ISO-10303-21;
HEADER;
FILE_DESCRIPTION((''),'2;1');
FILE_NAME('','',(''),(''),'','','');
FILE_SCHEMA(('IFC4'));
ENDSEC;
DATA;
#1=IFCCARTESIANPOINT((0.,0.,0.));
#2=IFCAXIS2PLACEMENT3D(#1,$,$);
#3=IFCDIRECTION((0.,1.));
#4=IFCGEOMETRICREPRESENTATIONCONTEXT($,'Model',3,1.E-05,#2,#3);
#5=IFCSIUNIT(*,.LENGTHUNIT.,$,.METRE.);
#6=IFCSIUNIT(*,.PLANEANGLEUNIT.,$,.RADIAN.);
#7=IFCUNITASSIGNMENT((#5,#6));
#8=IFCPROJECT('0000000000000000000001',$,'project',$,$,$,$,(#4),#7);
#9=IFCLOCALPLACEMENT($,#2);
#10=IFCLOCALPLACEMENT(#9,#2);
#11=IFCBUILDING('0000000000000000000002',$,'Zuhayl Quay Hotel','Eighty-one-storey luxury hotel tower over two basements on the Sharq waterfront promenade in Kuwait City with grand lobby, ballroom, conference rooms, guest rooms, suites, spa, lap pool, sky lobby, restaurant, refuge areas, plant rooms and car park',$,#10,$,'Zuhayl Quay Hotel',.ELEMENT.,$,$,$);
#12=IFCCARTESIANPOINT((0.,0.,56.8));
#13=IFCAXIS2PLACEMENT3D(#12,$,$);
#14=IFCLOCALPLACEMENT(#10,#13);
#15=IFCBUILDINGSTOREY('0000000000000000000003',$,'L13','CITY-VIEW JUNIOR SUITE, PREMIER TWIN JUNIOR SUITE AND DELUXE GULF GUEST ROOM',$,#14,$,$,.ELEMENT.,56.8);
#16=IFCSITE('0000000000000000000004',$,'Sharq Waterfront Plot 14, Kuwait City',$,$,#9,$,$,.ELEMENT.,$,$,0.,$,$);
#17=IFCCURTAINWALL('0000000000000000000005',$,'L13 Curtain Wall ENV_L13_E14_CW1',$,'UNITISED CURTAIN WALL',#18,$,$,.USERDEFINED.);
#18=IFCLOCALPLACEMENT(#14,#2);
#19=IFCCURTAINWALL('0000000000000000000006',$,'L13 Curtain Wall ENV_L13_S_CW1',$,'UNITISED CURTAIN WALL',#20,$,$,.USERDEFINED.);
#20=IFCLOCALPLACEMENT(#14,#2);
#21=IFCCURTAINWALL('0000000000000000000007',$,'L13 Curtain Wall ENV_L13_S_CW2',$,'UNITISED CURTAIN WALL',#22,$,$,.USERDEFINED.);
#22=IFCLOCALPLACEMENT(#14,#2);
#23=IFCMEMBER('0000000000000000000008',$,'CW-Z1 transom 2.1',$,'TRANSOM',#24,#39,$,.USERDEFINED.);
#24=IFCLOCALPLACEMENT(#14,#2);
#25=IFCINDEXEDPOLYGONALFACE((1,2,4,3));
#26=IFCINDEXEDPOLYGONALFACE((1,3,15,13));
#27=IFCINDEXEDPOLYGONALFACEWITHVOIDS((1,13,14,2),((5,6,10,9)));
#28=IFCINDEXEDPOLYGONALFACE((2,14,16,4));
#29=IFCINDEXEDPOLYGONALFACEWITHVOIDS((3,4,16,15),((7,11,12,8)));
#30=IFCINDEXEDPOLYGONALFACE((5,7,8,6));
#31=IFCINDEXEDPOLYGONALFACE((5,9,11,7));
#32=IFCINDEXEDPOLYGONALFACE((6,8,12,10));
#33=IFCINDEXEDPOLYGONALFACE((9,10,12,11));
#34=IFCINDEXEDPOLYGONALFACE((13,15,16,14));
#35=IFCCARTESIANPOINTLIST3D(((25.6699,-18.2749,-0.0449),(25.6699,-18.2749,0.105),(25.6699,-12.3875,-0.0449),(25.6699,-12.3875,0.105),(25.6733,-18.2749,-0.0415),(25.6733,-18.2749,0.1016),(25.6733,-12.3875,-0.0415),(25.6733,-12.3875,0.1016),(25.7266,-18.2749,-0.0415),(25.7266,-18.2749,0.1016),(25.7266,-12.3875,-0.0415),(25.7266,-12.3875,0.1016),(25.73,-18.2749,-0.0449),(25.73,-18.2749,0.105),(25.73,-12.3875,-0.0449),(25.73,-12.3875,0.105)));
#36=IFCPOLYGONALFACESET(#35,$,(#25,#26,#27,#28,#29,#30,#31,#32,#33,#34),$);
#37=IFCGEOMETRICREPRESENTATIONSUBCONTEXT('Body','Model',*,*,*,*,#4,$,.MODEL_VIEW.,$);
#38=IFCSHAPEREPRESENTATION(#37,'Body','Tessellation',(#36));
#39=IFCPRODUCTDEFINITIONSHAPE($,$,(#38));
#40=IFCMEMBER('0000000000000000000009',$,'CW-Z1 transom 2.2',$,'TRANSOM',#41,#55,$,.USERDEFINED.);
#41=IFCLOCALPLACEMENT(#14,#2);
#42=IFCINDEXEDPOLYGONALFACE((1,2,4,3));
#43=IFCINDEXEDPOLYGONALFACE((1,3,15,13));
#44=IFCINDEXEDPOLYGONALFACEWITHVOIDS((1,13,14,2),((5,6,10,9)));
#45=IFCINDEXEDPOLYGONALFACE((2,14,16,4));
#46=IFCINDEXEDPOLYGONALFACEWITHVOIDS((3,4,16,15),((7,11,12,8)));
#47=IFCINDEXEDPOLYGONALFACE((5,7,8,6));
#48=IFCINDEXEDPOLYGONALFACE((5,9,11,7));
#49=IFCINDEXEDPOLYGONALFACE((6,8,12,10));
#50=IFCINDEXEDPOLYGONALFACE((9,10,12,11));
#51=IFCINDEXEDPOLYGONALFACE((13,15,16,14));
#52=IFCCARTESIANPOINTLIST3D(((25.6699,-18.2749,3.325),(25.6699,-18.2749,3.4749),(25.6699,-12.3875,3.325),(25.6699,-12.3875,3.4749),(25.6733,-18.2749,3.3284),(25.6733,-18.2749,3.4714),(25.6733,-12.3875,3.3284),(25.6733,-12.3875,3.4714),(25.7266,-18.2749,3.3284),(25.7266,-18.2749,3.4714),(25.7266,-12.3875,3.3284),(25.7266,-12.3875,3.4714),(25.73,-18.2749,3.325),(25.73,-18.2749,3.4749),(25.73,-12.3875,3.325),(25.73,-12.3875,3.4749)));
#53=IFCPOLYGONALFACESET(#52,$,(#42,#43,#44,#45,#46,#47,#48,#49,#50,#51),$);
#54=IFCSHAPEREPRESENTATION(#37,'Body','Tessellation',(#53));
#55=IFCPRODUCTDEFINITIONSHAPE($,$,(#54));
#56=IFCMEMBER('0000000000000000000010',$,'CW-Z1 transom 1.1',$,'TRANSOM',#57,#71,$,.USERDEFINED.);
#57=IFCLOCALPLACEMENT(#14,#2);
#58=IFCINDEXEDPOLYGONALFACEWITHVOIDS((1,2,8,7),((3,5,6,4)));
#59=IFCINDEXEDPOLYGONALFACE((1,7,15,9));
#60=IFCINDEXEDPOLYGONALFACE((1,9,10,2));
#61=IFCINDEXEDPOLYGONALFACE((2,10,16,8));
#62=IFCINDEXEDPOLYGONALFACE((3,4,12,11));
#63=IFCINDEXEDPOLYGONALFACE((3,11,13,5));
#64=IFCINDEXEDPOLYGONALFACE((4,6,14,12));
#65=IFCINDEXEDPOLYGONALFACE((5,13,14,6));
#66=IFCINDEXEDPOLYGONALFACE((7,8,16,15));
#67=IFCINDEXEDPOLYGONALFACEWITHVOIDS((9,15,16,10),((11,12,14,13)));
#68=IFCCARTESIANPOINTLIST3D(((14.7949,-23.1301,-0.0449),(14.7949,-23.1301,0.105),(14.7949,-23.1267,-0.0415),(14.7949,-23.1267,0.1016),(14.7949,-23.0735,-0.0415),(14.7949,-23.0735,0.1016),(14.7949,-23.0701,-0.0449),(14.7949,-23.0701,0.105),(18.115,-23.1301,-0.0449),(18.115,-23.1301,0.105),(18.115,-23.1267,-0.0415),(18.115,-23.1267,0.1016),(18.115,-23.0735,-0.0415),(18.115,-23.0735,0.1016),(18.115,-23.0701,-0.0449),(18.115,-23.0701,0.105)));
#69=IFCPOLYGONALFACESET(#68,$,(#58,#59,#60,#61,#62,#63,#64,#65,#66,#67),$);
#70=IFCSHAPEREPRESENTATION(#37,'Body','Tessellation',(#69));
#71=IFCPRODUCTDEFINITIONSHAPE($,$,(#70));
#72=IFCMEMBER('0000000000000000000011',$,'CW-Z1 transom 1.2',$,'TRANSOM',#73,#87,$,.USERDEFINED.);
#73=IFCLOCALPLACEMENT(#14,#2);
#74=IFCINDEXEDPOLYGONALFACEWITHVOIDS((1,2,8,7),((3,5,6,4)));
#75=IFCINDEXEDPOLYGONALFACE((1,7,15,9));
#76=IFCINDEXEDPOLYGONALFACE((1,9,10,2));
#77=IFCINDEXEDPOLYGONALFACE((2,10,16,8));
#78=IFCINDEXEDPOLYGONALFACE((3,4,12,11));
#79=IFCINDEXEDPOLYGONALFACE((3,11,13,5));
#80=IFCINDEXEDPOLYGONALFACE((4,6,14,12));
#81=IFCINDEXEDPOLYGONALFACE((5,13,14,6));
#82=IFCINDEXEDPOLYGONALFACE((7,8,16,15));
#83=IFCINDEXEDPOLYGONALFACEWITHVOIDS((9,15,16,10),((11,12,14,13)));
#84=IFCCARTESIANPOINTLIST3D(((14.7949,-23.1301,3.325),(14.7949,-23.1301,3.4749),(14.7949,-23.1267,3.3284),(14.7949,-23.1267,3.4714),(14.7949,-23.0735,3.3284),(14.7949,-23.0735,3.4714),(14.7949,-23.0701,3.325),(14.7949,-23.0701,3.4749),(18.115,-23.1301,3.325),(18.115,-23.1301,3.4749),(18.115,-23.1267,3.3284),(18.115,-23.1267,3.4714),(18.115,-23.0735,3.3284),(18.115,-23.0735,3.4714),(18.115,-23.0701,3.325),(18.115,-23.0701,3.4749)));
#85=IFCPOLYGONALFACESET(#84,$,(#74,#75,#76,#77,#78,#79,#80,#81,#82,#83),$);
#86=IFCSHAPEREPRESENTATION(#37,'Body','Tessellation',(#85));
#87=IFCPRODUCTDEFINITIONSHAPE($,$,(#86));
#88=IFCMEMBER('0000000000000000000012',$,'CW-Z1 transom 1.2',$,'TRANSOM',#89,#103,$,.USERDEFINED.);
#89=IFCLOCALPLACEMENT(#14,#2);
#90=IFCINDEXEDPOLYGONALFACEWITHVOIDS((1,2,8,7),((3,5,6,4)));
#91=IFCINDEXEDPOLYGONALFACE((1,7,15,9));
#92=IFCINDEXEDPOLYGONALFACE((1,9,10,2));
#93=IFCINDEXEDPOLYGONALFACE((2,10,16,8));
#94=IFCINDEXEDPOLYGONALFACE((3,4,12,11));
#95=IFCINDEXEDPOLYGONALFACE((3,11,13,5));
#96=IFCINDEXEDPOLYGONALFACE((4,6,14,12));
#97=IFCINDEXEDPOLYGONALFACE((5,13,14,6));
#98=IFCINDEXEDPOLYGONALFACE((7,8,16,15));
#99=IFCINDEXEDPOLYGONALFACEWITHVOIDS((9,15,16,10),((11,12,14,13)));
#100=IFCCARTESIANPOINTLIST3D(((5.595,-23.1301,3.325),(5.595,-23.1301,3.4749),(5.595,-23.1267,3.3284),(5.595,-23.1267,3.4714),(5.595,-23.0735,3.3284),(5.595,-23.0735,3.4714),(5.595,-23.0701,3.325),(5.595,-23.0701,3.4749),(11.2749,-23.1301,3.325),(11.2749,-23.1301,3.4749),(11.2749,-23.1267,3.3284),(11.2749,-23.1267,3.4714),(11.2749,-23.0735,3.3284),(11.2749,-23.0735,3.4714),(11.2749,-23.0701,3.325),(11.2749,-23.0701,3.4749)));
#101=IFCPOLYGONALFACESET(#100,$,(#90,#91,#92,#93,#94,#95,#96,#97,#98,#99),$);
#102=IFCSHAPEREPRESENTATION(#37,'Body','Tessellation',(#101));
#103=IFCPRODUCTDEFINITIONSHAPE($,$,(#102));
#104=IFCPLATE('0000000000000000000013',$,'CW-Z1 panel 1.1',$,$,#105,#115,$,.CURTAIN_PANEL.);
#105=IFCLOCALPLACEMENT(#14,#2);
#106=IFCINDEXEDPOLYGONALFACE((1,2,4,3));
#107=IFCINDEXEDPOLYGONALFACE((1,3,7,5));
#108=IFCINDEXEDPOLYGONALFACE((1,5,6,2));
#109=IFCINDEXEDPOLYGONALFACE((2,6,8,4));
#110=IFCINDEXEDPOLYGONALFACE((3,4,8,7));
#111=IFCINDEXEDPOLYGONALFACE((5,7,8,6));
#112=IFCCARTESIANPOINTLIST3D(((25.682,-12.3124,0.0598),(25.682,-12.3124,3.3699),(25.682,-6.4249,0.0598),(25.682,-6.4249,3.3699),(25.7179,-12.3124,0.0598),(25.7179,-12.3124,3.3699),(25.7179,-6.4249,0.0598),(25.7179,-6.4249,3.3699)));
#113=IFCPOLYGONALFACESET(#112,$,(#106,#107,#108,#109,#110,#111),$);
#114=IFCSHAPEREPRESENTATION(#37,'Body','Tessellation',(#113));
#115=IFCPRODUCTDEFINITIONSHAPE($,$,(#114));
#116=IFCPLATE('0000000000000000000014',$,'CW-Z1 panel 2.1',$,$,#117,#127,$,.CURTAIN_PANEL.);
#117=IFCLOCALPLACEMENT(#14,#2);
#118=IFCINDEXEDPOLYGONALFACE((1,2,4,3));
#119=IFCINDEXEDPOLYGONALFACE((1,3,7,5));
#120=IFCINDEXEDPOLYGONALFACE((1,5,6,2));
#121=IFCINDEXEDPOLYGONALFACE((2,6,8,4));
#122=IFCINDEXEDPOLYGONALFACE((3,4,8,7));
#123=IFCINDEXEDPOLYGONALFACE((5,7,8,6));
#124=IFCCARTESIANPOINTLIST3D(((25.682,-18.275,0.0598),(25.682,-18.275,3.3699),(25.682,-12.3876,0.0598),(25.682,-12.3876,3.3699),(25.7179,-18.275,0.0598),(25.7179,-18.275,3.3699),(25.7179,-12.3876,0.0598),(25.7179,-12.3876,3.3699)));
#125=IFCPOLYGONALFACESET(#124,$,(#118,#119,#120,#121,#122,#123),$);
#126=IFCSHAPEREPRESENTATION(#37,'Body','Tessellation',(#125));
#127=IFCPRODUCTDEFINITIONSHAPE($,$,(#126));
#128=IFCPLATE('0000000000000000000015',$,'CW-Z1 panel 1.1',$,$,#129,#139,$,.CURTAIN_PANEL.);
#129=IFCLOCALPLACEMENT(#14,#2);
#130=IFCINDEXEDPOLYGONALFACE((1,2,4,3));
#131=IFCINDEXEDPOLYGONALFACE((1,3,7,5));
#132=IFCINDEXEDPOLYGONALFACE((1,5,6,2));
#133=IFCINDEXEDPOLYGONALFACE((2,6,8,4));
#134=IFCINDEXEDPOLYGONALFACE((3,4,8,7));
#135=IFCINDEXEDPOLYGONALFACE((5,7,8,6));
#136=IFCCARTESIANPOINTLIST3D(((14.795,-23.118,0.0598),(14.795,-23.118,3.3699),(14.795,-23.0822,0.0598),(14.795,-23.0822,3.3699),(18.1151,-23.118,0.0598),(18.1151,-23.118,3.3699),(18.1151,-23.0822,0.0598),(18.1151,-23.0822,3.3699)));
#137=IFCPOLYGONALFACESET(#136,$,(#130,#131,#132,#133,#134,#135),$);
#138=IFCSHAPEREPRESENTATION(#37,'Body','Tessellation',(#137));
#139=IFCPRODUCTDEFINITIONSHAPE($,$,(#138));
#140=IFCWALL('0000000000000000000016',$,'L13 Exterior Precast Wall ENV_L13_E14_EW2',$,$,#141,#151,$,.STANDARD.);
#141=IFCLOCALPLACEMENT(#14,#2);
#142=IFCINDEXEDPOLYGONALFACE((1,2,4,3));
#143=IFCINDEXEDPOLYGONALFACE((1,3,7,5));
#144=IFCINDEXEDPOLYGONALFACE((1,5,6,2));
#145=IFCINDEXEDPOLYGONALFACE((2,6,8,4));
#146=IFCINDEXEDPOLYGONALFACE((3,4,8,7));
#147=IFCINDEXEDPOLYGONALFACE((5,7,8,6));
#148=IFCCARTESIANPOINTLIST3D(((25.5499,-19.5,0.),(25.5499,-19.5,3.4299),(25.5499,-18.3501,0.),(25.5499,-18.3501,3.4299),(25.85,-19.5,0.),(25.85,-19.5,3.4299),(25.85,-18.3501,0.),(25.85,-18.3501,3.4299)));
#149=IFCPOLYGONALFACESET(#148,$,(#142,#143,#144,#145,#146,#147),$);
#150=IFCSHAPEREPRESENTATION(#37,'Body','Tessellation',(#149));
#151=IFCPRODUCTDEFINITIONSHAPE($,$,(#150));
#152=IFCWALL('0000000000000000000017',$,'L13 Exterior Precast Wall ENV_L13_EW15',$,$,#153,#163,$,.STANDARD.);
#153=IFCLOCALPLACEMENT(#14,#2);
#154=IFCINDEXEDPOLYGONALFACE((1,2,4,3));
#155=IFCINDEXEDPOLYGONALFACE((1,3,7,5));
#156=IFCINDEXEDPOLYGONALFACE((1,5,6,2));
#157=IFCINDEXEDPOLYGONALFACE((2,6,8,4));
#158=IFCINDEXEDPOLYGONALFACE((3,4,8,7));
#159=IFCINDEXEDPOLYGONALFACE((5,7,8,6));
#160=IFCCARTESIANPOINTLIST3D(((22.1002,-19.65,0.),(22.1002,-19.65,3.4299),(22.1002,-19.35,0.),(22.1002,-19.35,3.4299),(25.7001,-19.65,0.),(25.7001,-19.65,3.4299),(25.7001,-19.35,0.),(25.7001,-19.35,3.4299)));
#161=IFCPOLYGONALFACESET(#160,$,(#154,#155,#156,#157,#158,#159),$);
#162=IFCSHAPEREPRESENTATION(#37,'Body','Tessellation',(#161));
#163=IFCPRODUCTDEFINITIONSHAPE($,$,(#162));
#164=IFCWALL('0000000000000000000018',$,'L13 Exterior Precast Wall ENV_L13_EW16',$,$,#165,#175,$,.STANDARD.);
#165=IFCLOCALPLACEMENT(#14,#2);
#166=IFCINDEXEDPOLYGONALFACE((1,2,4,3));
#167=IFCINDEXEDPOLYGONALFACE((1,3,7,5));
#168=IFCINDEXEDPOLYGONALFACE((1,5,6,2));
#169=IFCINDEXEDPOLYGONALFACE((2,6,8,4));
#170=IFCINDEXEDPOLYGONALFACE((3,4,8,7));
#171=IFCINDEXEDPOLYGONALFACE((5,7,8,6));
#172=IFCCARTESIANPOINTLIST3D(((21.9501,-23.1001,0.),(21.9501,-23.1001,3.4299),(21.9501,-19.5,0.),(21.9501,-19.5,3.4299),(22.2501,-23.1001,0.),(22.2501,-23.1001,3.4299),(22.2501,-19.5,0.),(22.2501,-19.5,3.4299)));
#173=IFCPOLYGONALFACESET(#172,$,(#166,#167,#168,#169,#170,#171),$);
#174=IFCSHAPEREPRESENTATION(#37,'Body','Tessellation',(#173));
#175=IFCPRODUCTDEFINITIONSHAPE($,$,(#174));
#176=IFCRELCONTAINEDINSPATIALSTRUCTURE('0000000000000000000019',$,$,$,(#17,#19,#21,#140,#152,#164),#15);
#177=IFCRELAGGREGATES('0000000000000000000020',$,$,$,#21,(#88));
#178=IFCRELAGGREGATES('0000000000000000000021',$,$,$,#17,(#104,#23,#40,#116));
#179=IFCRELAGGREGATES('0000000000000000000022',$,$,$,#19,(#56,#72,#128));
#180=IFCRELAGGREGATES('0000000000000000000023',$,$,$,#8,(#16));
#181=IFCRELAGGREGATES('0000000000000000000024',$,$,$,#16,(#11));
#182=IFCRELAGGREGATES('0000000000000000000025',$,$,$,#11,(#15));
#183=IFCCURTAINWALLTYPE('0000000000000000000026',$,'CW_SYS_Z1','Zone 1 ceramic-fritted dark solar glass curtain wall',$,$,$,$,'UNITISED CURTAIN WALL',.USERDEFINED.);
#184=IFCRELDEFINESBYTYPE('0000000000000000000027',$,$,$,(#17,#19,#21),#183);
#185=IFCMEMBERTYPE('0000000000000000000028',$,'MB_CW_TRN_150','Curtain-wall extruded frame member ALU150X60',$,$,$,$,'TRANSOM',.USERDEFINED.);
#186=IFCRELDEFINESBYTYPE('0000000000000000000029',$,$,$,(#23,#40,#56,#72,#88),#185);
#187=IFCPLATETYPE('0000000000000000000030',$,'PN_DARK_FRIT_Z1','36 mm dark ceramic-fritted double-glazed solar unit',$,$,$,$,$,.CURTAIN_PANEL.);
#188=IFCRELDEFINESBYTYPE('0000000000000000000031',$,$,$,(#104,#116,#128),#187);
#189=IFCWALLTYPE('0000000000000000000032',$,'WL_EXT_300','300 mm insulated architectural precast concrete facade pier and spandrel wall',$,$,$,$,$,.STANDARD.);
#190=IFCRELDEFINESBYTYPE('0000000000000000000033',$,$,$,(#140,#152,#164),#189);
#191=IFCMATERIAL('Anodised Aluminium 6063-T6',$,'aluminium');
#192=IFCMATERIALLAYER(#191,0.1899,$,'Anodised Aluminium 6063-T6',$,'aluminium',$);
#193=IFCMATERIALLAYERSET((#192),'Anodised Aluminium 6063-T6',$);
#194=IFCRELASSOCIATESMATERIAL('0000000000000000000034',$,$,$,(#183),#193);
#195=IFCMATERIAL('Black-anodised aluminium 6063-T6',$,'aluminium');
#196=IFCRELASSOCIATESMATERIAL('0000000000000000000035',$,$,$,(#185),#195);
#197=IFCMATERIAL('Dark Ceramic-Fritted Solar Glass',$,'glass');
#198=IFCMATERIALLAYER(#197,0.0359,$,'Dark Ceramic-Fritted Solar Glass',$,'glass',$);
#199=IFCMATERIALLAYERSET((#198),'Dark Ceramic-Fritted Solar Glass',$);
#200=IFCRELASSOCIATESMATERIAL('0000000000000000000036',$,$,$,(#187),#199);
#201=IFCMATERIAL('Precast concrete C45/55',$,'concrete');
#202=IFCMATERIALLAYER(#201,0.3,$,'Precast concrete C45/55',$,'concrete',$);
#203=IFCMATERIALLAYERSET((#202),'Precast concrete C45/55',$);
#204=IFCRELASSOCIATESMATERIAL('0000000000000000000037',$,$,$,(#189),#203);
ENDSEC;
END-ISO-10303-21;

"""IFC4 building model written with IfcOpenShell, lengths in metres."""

from ifc_helpers import new_model, si_unit, direction, frame, frame_2d, origin, origin_2d, place, context, subcontext, project, spatial, rectangle, hollow_rectangle, extrude, material, layer, layer_set, material_profile, profile_set, type_object, element, aggregate, save


model = new_model("IFC4")

# Units and contexts
model_context = context("Model", 3, precision=1e-05, world=origin(), true_north=direction((0.0, 1.0)))
body_context = subcontext(model_context, "Body", "Model", "MODEL_VIEW")
ifc_project = project(units=[si_unit("LENGTHUNIT", "METRE"), si_unit("PLANEANGLEUNIT", "RADIAN")], contexts=[model_context])

# Site, building, storey
site_placement = place(None, origin())
site = spatial("IfcSite", under=ifc_project, at=site_placement, Name="Sharq Waterfront Plot 14, Kuwait City", CompositionType="ELEMENT", RefElevation=0.0)
building_placement = place(site_placement, origin())
building = spatial("IfcBuilding", under=site, at=building_placement, Name="Zuhayl Quay Hotel", Description="Eighty-one-storey luxury hotel tower over two basements on the Sharq waterfront promenade in Kuwait City with grand lobby, ballroom, conference rooms, guest rooms, suites, spa, lap pool, sky lobby, restaurant, refuge areas, plant rooms and car park", LongName="Zuhayl Quay Hotel", CompositionType="ELEMENT")
storey_placement = place(building_placement, frame((0.0, 0.0, 56.8)))
storey = spatial("IfcBuildingStorey", under=building, at=storey_placement, Name="L13", Description="CITY-VIEW JUNIOR SUITE, PREMIER TWIN JUNIOR SUITE AND DELUXE GULF GUEST ROOM", CompositionType="ELEMENT", Elevation=56.8)

# Curtain walls
ifc_material_1 = material(Name="Anodised Aluminium 6063-T6", Category="aluminium")
ifc_layer_1 = layer(ifc_material_1, 0.1899, Name="Anodised Aluminium 6063-T6", Category="aluminium")
ifc_layer_set_1 = layer_set([ifc_layer_1], Name="Anodised Aluminium 6063-T6")
curtain_wall_type = type_object("IfcCurtainWallType", Name="CW_SYS_Z1", Description="Zone 1 ceramic-fritted dark solar glass curtain wall", ElementType="UNITISED CURTAIN WALL", PredefinedType="USERDEFINED", material=ifc_layer_set_1)
curtain_wall_1_placement = place(storey_placement, origin())
curtain_wall_1 = element("IfcCurtainWall", 1, at=curtain_wall_1_placement, inside=storey, type_object=curtain_wall_type, Name="L13 Curtain Wall ENV_L13_E14_CW1", ObjectType="UNITISED CURTAIN WALL", PredefinedType="USERDEFINED")
ifc_material_2 = material(Name="Black-anodised aluminium 6063-T6", Category="aluminium")
curtain_wall_2_placement = place(storey_placement, origin())
curtain_wall_2 = element("IfcCurtainWall", 2, at=curtain_wall_2_placement, inside=storey, type_object=curtain_wall_type, Name="L13 Curtain Wall ENV_L13_S_CW1", ObjectType="UNITISED CURTAIN WALL", PredefinedType="USERDEFINED")

# Curtain wall
curtain_wall_3_placement = place(storey_placement, origin())
curtain_wall_3 = element("IfcCurtainWall", 3, at=curtain_wall_3_placement, inside=storey, type_object=curtain_wall_type, Name="L13 Curtain Wall ENV_L13_S_CW2", ObjectType="UNITISED CURTAIN WALL", PredefinedType="USERDEFINED")

# Members
ifc_material_profile_1 = material_profile(ifc_material_2, hollow_rectangle(XDim=0.0601, YDim=0.1499, WallThickness=0.0034, at=origin_2d()), Name="ALU150X60")
ifc_profile_set_1 = profile_set([ifc_material_profile_1], Name="Black-anodised aluminium 6063-T6")
member_type_1 = type_object("IfcMemberType", Name="MB_CW_TRN_150", Description="Curtain-wall extruded frame member ALU150X60", ElementType="TRANSOM", PredefinedType="USERDEFINED", material=ifc_profile_set_1)
member_1_placement = place(storey_placement, frame((25.7, -12.3875, 0.03), z_axis=(0.0, -1.0, 0.0), x_axis=(1.0, 0.0, 0.0)))
member_1 = element("IfcMember", 4, at=member_1_placement, type_object=member_type_1, Name="CW-Z1 transom 2.1", ObjectType="TRANSOM", PredefinedType="USERDEFINED", context=body_context, shape_type="SweptSolid", body=[
    extrude(hollow_rectangle(XDim=0.0601, YDim=0.1499, WallThickness=0.0034, at=origin_2d()), origin(), (0.0, 0.0, 1.0), 5.8875),
])
member_2_placement = place(storey_placement, frame((25.7, -12.3875, 3.3999), z_axis=(0.0, -1.0, 0.0), x_axis=(1.0, 0.0, 0.0)))
member_2 = element("IfcMember", 5, at=member_2_placement, type_object=member_type_1, Name="CW-Z1 transom 2.2", ObjectType="TRANSOM", PredefinedType="USERDEFINED", context=body_context, shape_type="SweptSolid", body=[
    extrude(hollow_rectangle(XDim=0.0601, YDim=0.1499, WallThickness=0.0034, at=origin_2d()), origin(), (0.0, 0.0, 1.0), 5.8875),
])
member_3_placement = place(storey_placement, frame((18.115, -23.1001, 0.03), z_axis=(-1.0, 0.0, 0.0), x_axis=(0.0, -1.0, 0.0)))
member_3 = element("IfcMember", 6, at=member_3_placement, type_object=member_type_1, Name="CW-Z1 transom 1.1", ObjectType="TRANSOM", PredefinedType="USERDEFINED", context=body_context, shape_type="SweptSolid", body=[
    extrude(hollow_rectangle(XDim=0.0601, YDim=0.1499, WallThickness=0.0034, at=origin_2d()), origin(), (0.0, 0.0, 1.0), 3.3201),
])
member_4_placement = place(storey_placement, frame((18.115, -23.1001, 3.3999), z_axis=(-1.0, 0.0, 0.0), x_axis=(0.0, -1.0, 0.0)))
member_4 = element("IfcMember", 7, at=member_4_placement, type_object=member_type_1, Name="CW-Z1 transom 1.2", ObjectType="TRANSOM", PredefinedType="USERDEFINED", context=body_context, shape_type="SweptSolid", body=[
    extrude(hollow_rectangle(XDim=0.0601, YDim=0.1499, WallThickness=0.0034, at=origin_2d()), origin(), (0.0, 0.0, 1.0), 3.3201),
])
member_5_placement = place(storey_placement, frame((11.2749, -23.1001, 3.3999), z_axis=(-1.0, 0.0, 0.0), x_axis=(0.0, -1.0, 0.0)))
member_5 = element("IfcMember", 8, at=member_5_placement, type_object=member_type_1, Name="CW-Z1 transom 1.2", ObjectType="TRANSOM", PredefinedType="USERDEFINED", context=body_context, shape_type="SweptSolid", body=[
    extrude(hollow_rectangle(XDim=0.0601, YDim=0.1499, WallThickness=0.0034, at=origin_2d()), origin(), (0.0, 0.0, 1.0), 5.6799),
])
aggregate(curtain_wall_3, [member_5])

# Plates
ifc_material_3 = material(Name="Dark Ceramic-Fritted Solar Glass", Category="glass")
ifc_layer_2 = layer(ifc_material_3, 0.0359, Name="Dark Ceramic-Fritted Solar Glass", Category="glass")
ifc_layer_set_2 = layer_set([ifc_layer_2], Name="Dark Ceramic-Fritted Solar Glass")
plate_type = type_object("IfcPlateType", Name="PN_DARK_FRIT_Z1", Description="36 mm dark ceramic-fritted double-glazed solar unit", PredefinedType="CURTAIN_PANEL", material=ifc_layer_set_2)
plate_1_placement = place(storey_placement, frame((25.7, -9.3687, 0.0598), z_axis=(0.0, 0.0, 1.0), x_axis=(0.0, -1.0, 0.0)))
plate_1 = element("IfcPlate", 9, at=plate_1_placement, type_object=plate_type, Name="CW-Z1 panel 1.1", PredefinedType="CURTAIN_PANEL", context=body_context, shape_type="SweptSolid", body=[
    extrude(rectangle(XDim=5.8875, YDim=0.0359, at=origin_2d()), origin(), (0.0, 0.0, 1.0), 3.3101),
])
plate_2_placement = place(storey_placement, frame((25.7, -15.3313, 0.0598), z_axis=(0.0, 0.0, 1.0), x_axis=(0.0, -1.0, 0.0)))
plate_2 = element("IfcPlate", 10, at=plate_2_placement, type_object=plate_type, Name="CW-Z1 panel 2.1", PredefinedType="CURTAIN_PANEL", context=body_context, shape_type="SweptSolid", body=[
    extrude(rectangle(XDim=5.8875, YDim=0.0359, at=origin_2d()), origin(), (0.0, 0.0, 1.0), 3.3101),
])
aggregate(curtain_wall_1, [plate_1, member_1, member_2, plate_2])
plate_3_placement = place(storey_placement, frame((16.4551, -23.1001, 0.0598), z_axis=(0.0, 0.0, 1.0), x_axis=(-1.0, 0.0, 0.0)))
plate_3 = element("IfcPlate", 11, at=plate_3_placement, type_object=plate_type, Name="CW-Z1 panel 1.1", PredefinedType="CURTAIN_PANEL", context=body_context, shape_type="SweptSolid", body=[
    extrude(rectangle(XDim=3.3201, YDim=0.0359, at=origin_2d()), origin(), (0.0, 0.0, 1.0), 3.3101),
])
aggregate(curtain_wall_2, [member_3, member_4, plate_3])

# Walls
ifc_material_4 = material(Name="Precast concrete C45/55", Category="concrete")
ifc_layer_3 = layer(ifc_material_4, 0.3, Name="Precast concrete C45/55", Category="concrete")
ifc_layer_set_3 = layer_set([ifc_layer_3], Name="Precast concrete C45/55")
wall_type_1 = type_object("IfcWallType", Name="WL_EXT_300", Description="300 mm insulated architectural precast concrete facade pier and spandrel wall", PredefinedType="STANDARD", material=ifc_layer_set_3)
wall_1_placement = place(storey_placement, frame((25.7, -18.3501, 0.0), z_axis=(0.0, 0.0, 1.0), x_axis=(0.0, -1.0, 0.0)))
element("IfcWall", 12, at=wall_1_placement, inside=storey, type_object=wall_type_1, Name="L13 Exterior Precast Wall ENV_L13_E14_EW2", PredefinedType="STANDARD", context=body_context, shape_type="SweptSolid", body=[
    extrude(rectangle(XDim=1.1499, YDim=0.3, at=frame_2d((0.575, 0.0))), origin(), (0.0, 0.0, 1.0), 3.4299),
])
wall_2_placement = place(storey_placement, frame((25.7, -19.5, 0.0), z_axis=(0.0, 0.0, 1.0), x_axis=(-1.0, 0.0, 0.0)))
element("IfcWall", 13, at=wall_2_placement, inside=storey, type_object=wall_type_1, Name="L13 Exterior Precast Wall ENV_L13_EW15", PredefinedType="STANDARD", context=body_context, shape_type="SweptSolid", body=[
    extrude(rectangle(XDim=3.5999, YDim=0.3, at=frame_2d((1.7998, 0.0))), origin(), (0.0, 0.0, 1.0), 3.4299),
])
wall_3_placement = place(storey_placement, frame((22.1001, -19.5, 0.0), z_axis=(0.0, 0.0, 1.0), x_axis=(0.0, -1.0, 0.0)))
element("IfcWall", 14, at=wall_3_placement, inside=storey, type_object=wall_type_1, Name="L13 Exterior Precast Wall ENV_L13_EW16", PredefinedType="STANDARD", context=body_context, shape_type="SweptSolid", body=[
    extrude(rectangle(XDim=3.6001, YDim=0.3, at=frame_2d((1.8, 0.0))), origin(), (0.0, 0.0, 1.0), 3.4299),
])

save(model, "model.ifc")
